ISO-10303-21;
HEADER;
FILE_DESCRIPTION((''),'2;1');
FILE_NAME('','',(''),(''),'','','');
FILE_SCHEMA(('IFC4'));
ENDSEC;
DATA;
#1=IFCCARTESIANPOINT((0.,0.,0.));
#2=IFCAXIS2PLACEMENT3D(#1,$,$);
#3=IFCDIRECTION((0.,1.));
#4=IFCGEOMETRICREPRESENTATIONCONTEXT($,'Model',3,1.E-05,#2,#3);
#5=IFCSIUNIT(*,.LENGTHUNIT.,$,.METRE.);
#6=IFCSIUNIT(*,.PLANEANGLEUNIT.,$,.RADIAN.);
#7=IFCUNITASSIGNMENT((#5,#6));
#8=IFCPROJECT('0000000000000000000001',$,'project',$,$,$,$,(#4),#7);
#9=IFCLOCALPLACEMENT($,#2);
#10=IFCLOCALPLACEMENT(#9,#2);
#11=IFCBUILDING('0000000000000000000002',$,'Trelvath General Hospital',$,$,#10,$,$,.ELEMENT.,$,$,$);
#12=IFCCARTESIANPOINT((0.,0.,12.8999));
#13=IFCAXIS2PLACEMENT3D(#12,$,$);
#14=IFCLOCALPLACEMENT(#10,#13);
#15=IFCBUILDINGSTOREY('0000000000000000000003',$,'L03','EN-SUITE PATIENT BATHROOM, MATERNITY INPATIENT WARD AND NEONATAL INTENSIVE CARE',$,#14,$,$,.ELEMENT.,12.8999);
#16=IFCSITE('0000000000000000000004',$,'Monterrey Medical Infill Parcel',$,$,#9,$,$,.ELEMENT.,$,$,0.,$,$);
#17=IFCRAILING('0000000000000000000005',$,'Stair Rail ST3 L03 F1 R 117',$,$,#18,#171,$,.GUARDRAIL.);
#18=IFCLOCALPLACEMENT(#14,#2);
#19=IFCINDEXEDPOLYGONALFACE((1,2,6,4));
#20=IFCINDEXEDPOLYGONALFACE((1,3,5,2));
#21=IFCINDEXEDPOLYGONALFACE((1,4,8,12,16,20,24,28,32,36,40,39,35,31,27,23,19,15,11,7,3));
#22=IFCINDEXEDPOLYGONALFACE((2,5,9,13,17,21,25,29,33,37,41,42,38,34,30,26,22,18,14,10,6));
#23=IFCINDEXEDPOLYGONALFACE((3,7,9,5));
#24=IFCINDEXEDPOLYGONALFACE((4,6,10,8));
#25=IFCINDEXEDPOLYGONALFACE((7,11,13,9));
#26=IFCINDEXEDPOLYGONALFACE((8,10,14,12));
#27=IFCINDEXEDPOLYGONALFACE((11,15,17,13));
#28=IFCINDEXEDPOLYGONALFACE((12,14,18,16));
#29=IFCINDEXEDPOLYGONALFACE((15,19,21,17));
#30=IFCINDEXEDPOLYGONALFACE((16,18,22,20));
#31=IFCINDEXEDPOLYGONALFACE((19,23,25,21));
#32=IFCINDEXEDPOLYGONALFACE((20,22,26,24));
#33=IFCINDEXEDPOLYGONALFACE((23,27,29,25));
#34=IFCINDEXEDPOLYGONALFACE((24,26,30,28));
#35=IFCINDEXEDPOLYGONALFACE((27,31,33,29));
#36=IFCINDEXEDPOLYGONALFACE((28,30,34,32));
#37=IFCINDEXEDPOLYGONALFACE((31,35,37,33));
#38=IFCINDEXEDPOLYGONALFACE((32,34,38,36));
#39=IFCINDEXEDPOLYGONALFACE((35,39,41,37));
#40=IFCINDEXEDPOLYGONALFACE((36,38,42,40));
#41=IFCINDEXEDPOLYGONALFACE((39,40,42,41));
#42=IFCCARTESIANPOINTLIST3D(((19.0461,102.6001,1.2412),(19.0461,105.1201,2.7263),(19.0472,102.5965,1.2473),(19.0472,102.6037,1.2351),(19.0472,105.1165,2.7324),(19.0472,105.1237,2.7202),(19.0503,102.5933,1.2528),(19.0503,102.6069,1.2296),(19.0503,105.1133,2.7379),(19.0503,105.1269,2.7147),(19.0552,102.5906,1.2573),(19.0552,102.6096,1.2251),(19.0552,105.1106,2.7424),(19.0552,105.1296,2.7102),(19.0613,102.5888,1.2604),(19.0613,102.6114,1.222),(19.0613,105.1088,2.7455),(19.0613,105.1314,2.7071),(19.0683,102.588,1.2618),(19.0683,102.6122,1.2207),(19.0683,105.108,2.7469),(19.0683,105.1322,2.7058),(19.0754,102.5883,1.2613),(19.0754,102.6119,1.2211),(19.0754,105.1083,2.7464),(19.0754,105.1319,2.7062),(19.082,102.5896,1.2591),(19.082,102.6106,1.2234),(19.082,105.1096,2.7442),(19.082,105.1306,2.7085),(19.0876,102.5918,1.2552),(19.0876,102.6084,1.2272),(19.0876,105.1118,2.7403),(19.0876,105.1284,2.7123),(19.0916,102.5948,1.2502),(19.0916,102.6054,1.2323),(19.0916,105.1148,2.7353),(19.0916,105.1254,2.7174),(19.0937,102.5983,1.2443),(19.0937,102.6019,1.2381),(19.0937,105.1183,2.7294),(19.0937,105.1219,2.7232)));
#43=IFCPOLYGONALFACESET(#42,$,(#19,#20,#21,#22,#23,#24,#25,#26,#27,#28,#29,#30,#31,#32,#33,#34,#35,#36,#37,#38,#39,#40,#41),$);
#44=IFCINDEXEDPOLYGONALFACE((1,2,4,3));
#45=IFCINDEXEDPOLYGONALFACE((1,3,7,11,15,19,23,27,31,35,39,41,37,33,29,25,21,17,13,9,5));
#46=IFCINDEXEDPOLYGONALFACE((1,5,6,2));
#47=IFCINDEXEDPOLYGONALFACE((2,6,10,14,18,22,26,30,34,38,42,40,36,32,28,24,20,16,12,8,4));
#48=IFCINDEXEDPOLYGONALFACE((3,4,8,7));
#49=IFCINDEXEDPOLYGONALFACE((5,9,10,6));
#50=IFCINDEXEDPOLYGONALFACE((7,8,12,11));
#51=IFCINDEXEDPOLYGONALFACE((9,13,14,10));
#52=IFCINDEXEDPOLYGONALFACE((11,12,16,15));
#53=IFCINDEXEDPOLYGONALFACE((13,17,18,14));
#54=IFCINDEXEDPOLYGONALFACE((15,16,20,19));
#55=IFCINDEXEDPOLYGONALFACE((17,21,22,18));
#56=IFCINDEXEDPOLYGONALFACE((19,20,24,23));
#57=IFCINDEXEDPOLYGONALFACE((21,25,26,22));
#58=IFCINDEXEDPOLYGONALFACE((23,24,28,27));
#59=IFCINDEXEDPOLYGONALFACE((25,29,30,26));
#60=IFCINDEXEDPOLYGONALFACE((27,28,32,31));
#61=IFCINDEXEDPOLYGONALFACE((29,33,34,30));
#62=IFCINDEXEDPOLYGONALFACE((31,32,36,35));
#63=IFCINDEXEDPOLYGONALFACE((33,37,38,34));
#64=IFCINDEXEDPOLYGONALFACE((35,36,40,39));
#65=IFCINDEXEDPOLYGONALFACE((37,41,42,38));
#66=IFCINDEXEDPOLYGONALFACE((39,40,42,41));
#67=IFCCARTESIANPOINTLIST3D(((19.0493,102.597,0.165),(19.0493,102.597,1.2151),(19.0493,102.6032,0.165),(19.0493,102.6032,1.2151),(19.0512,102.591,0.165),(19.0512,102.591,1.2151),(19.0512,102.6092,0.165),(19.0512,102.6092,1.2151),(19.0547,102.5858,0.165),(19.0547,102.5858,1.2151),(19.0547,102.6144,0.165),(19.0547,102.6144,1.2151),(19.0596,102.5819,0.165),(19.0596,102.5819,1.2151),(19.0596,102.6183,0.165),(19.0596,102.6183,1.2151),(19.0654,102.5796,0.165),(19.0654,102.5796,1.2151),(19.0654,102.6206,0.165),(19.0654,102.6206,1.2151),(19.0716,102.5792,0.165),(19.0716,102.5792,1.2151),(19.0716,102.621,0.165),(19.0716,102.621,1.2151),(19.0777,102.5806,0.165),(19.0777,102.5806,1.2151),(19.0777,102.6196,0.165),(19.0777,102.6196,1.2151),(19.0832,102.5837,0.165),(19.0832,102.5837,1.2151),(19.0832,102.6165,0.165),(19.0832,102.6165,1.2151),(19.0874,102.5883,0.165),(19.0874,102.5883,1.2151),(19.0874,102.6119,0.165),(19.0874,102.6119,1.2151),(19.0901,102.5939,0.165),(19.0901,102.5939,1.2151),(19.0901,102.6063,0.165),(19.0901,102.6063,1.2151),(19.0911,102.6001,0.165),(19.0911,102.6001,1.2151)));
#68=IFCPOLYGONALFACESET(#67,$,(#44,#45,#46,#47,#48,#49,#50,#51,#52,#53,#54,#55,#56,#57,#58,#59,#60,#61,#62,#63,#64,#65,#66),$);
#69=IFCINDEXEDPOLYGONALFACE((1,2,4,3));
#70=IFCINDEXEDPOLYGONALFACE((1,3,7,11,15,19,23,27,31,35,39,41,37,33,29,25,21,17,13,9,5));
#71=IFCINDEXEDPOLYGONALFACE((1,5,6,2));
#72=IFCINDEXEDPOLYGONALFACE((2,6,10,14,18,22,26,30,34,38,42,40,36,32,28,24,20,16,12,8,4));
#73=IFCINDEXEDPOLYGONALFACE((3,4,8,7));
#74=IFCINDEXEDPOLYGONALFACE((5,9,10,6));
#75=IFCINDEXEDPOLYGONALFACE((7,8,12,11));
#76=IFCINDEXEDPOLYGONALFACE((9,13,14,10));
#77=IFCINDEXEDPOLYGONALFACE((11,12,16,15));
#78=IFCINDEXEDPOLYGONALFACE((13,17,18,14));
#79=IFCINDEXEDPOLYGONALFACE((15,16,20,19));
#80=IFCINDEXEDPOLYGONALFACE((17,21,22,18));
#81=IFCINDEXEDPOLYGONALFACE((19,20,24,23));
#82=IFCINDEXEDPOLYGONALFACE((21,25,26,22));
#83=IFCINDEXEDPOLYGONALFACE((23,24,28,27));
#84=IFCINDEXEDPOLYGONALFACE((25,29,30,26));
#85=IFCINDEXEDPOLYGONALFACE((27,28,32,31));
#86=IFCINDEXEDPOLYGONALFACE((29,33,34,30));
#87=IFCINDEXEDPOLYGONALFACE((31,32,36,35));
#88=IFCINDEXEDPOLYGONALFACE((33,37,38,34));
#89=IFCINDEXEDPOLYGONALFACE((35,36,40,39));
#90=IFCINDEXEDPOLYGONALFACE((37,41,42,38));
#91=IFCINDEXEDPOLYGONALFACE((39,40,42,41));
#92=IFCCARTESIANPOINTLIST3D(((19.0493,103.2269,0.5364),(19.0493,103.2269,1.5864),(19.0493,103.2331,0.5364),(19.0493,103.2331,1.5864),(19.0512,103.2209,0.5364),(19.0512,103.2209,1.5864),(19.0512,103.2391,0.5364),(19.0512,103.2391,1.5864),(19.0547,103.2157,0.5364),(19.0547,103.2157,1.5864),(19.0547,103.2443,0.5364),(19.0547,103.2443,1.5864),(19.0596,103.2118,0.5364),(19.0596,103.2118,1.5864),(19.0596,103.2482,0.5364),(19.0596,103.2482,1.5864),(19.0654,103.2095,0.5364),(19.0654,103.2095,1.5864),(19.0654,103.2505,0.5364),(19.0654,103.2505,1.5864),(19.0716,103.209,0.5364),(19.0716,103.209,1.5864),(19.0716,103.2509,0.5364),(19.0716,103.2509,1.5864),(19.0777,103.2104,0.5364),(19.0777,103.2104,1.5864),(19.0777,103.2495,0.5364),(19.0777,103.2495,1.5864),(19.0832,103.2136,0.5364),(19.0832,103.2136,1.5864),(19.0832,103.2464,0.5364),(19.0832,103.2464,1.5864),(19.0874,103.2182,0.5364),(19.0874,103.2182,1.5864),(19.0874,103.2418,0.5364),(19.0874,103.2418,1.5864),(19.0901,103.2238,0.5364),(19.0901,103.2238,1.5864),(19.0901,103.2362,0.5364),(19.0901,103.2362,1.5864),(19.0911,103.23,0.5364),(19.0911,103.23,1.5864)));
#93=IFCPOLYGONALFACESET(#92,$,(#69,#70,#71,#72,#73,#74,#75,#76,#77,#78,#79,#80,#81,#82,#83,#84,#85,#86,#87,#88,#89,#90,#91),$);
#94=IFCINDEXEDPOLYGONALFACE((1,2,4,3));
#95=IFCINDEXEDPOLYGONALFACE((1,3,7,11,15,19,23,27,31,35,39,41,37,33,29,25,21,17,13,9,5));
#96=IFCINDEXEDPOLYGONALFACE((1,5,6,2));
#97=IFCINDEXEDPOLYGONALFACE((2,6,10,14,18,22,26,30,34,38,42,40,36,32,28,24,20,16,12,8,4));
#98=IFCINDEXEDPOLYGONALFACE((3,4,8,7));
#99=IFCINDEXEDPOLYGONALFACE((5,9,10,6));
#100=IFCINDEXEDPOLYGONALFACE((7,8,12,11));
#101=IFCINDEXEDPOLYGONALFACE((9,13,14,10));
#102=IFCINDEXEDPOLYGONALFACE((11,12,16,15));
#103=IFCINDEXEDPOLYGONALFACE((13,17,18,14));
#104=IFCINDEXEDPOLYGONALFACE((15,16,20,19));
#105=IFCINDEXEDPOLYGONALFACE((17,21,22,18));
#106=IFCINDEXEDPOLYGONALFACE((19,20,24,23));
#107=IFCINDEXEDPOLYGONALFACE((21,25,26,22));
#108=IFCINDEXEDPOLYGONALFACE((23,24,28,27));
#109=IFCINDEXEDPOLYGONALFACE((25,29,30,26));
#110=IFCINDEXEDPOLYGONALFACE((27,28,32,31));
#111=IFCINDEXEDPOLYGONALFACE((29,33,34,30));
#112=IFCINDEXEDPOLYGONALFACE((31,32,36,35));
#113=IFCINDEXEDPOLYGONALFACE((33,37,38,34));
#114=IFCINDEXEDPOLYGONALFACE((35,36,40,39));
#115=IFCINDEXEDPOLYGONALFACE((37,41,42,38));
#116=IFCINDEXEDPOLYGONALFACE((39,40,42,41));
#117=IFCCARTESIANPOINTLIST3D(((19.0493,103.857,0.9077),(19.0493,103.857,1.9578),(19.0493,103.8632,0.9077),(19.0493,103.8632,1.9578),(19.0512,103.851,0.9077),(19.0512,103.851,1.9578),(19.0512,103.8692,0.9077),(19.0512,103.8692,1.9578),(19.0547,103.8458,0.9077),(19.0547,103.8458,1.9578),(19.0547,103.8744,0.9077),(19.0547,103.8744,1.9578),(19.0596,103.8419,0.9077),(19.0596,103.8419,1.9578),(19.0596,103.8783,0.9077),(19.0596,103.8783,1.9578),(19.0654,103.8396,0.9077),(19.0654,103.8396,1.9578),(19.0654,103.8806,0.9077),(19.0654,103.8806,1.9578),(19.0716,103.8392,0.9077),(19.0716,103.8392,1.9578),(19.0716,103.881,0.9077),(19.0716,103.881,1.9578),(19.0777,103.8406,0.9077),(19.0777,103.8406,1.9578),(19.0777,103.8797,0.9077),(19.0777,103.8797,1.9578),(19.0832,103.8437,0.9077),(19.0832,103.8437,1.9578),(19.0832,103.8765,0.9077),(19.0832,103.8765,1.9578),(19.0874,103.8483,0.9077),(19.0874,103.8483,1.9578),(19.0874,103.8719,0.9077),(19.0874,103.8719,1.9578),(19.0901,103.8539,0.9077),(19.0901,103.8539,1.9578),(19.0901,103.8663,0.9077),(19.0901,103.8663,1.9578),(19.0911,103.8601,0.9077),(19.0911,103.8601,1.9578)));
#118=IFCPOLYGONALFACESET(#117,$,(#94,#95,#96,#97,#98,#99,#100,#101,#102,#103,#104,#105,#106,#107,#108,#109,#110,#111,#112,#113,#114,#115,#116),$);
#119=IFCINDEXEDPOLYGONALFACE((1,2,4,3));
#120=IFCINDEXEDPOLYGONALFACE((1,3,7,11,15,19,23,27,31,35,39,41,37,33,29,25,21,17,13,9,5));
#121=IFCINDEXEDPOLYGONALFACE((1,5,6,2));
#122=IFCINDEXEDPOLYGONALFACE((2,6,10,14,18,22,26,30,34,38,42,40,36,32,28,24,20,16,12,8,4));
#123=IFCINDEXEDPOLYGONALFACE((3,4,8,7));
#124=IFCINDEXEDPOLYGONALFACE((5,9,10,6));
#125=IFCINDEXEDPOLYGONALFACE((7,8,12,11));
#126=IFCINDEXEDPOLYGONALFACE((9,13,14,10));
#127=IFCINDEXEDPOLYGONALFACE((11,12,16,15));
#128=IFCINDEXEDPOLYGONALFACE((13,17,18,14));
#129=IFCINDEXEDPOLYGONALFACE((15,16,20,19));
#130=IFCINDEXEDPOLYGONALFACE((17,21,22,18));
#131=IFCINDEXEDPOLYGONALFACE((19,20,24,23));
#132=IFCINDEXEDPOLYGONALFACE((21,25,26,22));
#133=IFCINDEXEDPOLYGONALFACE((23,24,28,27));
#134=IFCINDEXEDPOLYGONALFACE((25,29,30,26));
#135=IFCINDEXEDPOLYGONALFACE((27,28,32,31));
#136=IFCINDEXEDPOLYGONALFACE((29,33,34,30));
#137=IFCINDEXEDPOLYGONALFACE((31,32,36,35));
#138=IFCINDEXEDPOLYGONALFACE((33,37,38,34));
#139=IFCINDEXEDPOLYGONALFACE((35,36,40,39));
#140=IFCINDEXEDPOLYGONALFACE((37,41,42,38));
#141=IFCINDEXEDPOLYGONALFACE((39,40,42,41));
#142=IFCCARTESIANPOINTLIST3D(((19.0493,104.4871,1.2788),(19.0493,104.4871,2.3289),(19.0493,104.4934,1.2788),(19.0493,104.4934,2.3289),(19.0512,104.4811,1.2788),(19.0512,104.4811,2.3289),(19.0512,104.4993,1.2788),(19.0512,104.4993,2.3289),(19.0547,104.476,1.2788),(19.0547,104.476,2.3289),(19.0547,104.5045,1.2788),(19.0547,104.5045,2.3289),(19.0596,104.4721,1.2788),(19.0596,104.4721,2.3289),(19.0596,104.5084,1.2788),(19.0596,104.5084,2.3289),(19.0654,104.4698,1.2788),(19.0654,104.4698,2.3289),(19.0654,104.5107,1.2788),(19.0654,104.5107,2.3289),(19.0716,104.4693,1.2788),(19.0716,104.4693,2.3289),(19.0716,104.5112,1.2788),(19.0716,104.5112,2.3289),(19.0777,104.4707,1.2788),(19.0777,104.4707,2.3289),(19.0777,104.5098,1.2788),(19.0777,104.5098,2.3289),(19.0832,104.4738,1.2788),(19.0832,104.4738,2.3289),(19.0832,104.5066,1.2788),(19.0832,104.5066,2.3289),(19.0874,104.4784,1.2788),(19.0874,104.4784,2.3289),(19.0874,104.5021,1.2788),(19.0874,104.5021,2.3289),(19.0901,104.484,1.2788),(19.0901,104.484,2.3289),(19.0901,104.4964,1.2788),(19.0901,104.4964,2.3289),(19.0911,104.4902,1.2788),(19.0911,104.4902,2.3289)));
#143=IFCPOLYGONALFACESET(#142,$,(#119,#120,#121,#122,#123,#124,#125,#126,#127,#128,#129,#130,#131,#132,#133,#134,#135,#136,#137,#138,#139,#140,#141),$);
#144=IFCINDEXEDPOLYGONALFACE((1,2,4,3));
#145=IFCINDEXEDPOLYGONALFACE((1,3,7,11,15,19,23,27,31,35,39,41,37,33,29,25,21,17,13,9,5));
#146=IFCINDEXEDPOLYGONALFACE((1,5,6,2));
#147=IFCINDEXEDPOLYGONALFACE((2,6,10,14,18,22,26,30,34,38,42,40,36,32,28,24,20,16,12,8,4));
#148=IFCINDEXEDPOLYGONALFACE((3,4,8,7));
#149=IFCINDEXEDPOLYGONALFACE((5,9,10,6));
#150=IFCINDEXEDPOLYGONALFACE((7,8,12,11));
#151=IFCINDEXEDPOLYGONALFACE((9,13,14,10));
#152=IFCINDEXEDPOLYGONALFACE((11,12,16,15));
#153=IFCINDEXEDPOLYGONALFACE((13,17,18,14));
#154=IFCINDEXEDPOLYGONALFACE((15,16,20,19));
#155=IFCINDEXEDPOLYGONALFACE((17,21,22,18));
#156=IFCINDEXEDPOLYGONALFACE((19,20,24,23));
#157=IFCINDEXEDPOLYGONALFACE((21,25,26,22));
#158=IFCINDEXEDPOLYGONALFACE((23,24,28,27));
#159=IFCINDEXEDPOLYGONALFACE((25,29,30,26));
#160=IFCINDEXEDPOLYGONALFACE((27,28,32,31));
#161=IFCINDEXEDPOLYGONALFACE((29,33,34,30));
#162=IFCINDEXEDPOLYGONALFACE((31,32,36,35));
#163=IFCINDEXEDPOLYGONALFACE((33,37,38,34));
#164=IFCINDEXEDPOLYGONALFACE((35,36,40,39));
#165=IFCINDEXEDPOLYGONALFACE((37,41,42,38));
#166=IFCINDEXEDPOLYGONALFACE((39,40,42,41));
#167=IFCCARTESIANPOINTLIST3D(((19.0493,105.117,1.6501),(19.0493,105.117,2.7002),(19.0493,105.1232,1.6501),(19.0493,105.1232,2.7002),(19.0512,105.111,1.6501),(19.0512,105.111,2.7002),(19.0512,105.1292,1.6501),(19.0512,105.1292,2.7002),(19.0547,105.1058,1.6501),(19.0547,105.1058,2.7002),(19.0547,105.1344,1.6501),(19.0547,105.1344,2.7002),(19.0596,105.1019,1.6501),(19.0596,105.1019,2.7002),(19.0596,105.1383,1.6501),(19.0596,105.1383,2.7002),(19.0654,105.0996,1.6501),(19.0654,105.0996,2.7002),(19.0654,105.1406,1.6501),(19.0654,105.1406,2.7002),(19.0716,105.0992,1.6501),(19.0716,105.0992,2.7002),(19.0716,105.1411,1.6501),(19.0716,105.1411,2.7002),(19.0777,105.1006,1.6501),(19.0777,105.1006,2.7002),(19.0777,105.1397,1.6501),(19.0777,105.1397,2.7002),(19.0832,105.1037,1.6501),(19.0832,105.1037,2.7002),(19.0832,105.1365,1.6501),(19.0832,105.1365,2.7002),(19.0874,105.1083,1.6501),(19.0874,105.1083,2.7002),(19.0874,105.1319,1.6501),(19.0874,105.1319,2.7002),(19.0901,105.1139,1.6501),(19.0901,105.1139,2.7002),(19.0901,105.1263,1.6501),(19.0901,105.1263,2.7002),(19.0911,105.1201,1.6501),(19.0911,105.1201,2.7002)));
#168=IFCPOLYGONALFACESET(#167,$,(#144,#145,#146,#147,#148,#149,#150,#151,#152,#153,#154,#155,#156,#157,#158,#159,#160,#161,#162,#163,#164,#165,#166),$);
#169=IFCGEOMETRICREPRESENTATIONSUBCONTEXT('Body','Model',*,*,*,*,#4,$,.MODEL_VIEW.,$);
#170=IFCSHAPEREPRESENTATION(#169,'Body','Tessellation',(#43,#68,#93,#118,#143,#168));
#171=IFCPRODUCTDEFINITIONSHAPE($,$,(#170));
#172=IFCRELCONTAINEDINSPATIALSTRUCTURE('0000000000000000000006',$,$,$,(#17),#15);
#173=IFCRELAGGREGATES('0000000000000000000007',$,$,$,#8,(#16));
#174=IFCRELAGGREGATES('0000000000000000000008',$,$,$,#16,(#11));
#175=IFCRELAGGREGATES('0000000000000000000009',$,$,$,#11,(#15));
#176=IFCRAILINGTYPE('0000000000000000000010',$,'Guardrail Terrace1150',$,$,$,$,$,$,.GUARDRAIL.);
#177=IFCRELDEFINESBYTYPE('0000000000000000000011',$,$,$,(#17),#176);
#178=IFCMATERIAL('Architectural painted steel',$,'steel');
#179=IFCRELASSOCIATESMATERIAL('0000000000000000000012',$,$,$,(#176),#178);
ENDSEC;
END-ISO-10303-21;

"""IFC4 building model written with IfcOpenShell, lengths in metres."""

from ifc_helpers import new_model, si_unit, direction, frame, origin, origin_2d, place, context, subcontext, project, spatial, circle, extrude, material, type_object, element, save


model = new_model("IFC4")

# Units and contexts
model_context = context("Model", 3, precision=1e-05, world=origin(), true_north=direction((0.0, 1.0)))
body_context = subcontext(model_context, "Body", "Model", "MODEL_VIEW")
ifc_project = project(units=[si_unit("LENGTHUNIT", "METRE"), si_unit("PLANEANGLEUNIT", "RADIAN")], contexts=[model_context])

# Site, building, storey
site_placement = place(None, origin())
site = spatial("IfcSite", under=ifc_project, at=site_placement, Name="Monterrey Medical Infill Parcel", CompositionType="ELEMENT", RefElevation=0.0)
building_placement = place(site_placement, origin())
building = spatial("IfcBuilding", under=site, at=building_placement, Name="Trelvath General Hospital", CompositionType="ELEMENT")
storey_placement = place(building_placement, frame((0.0, 0.0, 12.8999)))
storey = spatial("IfcBuildingStorey", under=building, at=storey_placement, Name="L03", Description="EN-SUITE PATIENT BATHROOM, MATERNITY INPATIENT WARD AND NEONATAL INTENSIVE CARE", CompositionType="ELEMENT", Elevation=12.8999)

# Railing
ifc_material_1 = material(Name="Architectural painted steel", Category="steel")
railing_type_1 = type_object("IfcRailingType", Name="Guardrail Terrace1150", PredefinedType="GUARDRAIL", material=ifc_material_1)
railing_1_placement = place(storey_placement, frame((19.0701, 102.6001, 0.165)))
element("IfcRailing", 1, at=railing_1_placement, inside=storey, type_object=railing_type_1, Name="Stair Rail ST3 L03 F1 R 117", PredefinedType="GUARDRAIL", context=body_context, shape_type="SweptSolid", body=[
    extrude(circle(Radius=0.0239, at=origin_2d()), frame((0.0, 0.0, 1.0762), z_axis=(0.0, 0.861524, 0.507717), x_axis=(-1.0, 0.0, 0.0)), (0.0, 0.0, 1.0), 2.925),
    extrude(circle(Radius=0.021, at=origin_2d()), origin(), (0.0, 0.0, 1.0), 1.05),
    extrude(circle(Radius=0.021, at=origin_2d()), frame((0.0, 0.6299, 0.3713)), (0.0, 0.0, 1.0), 1.05),
    extrude(circle(Radius=0.021, at=origin_2d()), frame((0.0, 1.26, 0.7427)), (0.0, 0.0, 1.0), 1.05),
    extrude(circle(Radius=0.021, at=origin_2d()), frame((0.0, 1.8901, 1.1138)), (0.0, 0.0, 1.0), 1.05),
    extrude(circle(Radius=0.021, at=origin_2d()), frame((0.0, 2.52, 1.4851)), (0.0, 0.0, 1.0), 1.05),
])

save(model, "model.ifc")
